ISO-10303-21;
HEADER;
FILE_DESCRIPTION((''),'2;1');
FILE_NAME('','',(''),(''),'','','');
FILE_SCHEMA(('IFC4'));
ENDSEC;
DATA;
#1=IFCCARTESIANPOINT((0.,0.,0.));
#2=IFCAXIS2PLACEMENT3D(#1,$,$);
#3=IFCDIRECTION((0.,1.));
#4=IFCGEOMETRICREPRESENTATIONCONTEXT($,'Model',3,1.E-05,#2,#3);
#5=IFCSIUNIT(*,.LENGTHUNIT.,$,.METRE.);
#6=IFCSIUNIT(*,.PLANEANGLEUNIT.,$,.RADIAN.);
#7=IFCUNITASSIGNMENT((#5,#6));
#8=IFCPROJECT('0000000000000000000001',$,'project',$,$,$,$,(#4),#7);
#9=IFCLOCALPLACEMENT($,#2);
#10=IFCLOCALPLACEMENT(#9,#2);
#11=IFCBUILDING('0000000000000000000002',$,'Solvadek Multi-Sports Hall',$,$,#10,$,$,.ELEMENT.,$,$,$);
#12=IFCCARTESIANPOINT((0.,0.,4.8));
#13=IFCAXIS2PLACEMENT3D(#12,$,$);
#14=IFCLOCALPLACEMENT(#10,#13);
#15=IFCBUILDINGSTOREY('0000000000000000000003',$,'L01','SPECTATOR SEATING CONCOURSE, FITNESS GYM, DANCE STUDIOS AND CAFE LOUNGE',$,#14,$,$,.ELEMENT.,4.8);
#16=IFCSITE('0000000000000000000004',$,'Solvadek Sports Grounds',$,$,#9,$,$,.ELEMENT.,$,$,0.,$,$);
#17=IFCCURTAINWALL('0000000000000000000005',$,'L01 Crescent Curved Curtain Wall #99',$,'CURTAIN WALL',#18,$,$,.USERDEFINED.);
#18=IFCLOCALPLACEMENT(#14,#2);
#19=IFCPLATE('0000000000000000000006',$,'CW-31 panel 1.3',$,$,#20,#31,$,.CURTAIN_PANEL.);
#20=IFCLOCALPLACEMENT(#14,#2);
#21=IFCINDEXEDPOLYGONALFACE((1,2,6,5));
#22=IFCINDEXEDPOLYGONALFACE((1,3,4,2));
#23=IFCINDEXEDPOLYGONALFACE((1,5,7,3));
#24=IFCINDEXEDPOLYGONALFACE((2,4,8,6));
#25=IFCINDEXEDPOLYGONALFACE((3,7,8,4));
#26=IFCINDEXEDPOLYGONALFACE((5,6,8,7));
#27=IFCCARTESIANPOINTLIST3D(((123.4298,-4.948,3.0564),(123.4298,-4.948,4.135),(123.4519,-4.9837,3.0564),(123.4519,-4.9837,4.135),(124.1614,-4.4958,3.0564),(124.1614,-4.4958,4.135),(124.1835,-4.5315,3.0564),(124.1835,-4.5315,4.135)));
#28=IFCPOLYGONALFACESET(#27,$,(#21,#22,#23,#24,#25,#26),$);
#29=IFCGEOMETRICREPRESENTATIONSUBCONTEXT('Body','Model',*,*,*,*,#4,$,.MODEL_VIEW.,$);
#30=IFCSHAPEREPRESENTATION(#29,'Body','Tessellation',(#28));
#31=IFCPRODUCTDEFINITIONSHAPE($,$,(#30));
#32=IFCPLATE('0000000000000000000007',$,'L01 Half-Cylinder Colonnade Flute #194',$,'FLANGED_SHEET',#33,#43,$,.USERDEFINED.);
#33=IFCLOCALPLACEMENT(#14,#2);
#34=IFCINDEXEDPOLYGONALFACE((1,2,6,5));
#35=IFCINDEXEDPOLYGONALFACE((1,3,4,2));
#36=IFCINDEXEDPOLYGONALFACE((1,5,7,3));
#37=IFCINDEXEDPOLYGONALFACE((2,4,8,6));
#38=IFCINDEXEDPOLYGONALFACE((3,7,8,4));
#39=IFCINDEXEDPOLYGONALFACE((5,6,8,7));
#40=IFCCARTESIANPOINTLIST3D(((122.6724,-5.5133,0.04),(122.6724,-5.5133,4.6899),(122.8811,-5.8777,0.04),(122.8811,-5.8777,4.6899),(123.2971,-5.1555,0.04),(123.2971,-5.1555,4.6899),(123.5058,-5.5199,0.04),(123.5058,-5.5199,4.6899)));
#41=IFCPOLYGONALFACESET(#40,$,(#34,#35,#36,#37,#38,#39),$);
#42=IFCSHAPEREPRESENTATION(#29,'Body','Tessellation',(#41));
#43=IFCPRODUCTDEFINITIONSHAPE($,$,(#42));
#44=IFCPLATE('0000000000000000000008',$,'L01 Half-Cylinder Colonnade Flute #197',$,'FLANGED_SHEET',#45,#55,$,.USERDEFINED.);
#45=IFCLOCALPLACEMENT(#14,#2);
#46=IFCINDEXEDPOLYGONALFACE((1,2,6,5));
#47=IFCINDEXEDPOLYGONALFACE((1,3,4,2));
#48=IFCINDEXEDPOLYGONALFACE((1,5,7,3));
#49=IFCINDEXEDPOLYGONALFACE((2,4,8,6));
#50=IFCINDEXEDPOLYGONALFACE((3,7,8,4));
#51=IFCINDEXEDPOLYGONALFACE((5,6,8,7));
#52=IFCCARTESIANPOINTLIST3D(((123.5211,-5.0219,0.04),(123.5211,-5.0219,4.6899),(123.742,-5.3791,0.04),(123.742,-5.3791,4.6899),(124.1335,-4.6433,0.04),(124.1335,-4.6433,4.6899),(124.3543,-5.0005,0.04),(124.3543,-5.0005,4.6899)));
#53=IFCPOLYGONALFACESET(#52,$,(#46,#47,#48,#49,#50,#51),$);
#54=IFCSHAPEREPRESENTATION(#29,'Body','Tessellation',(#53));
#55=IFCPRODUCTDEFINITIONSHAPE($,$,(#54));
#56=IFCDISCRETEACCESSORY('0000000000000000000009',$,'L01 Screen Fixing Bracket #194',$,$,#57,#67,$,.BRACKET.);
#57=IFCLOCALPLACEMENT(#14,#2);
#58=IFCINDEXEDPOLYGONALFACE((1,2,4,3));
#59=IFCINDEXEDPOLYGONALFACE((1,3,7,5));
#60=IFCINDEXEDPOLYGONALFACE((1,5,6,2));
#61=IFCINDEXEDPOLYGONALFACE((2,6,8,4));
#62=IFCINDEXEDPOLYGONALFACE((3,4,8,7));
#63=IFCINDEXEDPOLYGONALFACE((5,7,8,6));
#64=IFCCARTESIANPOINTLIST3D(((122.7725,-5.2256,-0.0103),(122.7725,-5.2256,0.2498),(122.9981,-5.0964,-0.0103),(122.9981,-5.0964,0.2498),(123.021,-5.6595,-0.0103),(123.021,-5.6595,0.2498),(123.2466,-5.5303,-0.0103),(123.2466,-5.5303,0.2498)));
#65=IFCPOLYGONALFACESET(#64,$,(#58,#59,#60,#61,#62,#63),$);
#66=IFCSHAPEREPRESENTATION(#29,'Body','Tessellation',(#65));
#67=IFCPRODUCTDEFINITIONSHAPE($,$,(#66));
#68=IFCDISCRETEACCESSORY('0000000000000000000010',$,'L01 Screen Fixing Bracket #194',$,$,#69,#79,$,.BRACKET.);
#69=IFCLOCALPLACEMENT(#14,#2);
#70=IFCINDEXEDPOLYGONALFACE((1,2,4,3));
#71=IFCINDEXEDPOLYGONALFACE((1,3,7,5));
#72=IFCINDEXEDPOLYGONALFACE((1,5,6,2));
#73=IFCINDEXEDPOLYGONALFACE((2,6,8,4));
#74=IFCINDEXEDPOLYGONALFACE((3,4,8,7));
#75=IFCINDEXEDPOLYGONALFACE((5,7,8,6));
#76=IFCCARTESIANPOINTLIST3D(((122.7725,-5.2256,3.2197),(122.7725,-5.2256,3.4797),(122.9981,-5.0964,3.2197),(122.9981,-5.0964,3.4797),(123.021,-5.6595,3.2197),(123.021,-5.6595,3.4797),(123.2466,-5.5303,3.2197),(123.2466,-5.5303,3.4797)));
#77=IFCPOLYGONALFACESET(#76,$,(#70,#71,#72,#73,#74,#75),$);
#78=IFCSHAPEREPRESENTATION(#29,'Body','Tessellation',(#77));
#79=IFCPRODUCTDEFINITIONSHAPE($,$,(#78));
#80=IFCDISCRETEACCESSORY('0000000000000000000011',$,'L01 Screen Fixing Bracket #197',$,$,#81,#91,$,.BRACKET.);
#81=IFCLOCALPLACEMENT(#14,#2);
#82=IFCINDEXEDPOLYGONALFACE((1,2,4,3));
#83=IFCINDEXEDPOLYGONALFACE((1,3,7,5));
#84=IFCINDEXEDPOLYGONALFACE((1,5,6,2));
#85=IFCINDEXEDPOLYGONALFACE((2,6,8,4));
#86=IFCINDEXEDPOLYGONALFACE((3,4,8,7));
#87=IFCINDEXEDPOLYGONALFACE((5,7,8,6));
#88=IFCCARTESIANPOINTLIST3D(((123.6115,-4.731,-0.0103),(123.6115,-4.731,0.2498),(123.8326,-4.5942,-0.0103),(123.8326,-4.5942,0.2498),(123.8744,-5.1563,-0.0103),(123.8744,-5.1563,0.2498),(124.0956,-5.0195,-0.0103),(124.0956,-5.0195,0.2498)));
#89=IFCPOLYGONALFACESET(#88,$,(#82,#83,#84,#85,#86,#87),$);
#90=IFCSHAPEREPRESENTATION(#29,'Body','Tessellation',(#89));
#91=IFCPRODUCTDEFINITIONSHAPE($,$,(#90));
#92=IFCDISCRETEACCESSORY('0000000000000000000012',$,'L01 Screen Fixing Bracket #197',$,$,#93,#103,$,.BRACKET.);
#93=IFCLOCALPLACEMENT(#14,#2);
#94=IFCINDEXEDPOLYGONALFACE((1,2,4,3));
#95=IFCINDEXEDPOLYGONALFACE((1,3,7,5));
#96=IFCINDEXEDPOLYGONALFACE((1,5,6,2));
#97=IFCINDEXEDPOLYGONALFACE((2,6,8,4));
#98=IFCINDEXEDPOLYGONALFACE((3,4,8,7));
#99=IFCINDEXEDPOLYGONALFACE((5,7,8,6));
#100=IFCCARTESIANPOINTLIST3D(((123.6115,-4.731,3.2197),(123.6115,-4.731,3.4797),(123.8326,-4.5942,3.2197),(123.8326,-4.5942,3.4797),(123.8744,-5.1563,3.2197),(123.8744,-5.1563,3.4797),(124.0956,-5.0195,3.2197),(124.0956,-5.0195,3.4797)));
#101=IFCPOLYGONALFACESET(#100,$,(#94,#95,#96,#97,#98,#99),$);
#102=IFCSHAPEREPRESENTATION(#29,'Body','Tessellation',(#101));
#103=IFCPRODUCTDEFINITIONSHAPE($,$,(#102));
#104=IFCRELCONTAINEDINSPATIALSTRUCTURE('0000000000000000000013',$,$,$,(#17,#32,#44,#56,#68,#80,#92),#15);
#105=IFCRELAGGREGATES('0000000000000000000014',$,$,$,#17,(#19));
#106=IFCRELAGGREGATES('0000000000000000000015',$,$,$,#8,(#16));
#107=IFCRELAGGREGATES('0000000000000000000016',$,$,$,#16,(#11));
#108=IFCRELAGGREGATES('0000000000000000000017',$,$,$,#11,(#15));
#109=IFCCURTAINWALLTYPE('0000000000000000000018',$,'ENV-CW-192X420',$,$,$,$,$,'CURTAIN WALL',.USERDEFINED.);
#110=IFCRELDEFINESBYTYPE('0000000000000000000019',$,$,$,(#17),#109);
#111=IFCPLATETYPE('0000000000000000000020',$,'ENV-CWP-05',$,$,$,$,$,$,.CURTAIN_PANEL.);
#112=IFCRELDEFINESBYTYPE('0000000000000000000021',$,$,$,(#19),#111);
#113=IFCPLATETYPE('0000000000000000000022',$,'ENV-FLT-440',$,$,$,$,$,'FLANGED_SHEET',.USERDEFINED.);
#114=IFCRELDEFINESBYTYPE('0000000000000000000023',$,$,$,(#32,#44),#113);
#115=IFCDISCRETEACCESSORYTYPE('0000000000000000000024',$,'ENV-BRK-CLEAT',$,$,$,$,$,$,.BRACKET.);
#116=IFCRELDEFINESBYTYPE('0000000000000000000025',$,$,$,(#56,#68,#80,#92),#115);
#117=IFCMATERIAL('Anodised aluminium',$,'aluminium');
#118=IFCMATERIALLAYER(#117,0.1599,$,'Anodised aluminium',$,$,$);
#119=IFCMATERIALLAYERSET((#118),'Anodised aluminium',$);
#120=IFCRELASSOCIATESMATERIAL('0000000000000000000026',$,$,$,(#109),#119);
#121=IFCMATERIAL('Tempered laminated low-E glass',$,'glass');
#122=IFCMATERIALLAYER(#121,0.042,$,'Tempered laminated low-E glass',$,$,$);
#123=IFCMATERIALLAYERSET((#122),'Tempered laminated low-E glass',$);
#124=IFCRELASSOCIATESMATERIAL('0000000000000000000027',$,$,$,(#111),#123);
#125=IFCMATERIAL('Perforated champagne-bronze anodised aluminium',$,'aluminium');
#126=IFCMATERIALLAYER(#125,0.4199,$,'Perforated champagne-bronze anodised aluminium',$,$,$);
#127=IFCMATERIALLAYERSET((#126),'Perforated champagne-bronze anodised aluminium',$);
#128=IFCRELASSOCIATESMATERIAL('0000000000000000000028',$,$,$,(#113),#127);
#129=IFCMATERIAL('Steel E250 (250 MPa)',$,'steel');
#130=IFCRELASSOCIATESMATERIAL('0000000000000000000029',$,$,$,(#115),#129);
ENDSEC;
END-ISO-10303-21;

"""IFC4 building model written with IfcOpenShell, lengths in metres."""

from ifc_helpers import new_model, si_unit, direction, frame, origin, origin_2d, place, context, subcontext, project, spatial, rectangle, extrude, material, layer, layer_set, type_object, element, aggregate, save


model = new_model("IFC4")

# Units and contexts
model_context = context("Model", 3, precision=1e-05, world=origin(), true_north=direction((0.0, 1.0)))
body_context = subcontext(model_context, "Body", "Model", "MODEL_VIEW")
ifc_project = project(units=[si_unit("LENGTHUNIT", "METRE"), si_unit("PLANEANGLEUNIT", "RADIAN")], contexts=[model_context])

# Site, building, storey
site_placement = place(None, origin())
site = spatial("IfcSite", under=ifc_project, at=site_placement, Name="Solvadek Sports Grounds", CompositionType="ELEMENT", RefElevation=0.0)
building_placement = place(site_placement, origin())
building = spatial("IfcBuilding", under=site, at=building_placement, Name="Solvadek Multi-Sports Hall", CompositionType="ELEMENT")
storey_placement = place(building_placement, frame((0.0, 0.0, 4.8)))
storey = spatial("IfcBuildingStorey", under=building, at=storey_placement, Name="L01", Description="SPECTATOR SEATING CONCOURSE, FITNESS GYM, DANCE STUDIOS AND CAFE LOUNGE", CompositionType="ELEMENT", Elevation=4.8)

# Curtain wall
ifc_material_1 = material(Name="Anodised aluminium", Category="aluminium")
ifc_layer_1 = layer(ifc_material_1, 0.1599, Name="Anodised aluminium")
ifc_layer_set_1 = layer_set([ifc_layer_1], Name="Anodised aluminium")
curtain_wall_type_1 = type_object("IfcCurtainWallType", Name="ENV-CW-192X420", ElementType="CURTAIN WALL", PredefinedType="USERDEFINED", material=ifc_layer_set_1)
curtain_wall_1_placement = place(storey_placement, origin())
curtain_wall_1 = element("IfcCurtainWall", 1, at=curtain_wall_1_placement, inside=storey, type_object=curtain_wall_type_1, Name="L01 Crescent Curved Curtain Wall #99", ObjectType="CURTAIN WALL", PredefinedType="USERDEFINED")

# Plate
ifc_material_2 = material(Name="Tempered laminated low-E glass", Category="glass")
ifc_layer_2 = layer(ifc_material_2, 0.042, Name="Tempered laminated low-E glass")
ifc_layer_set_2 = layer_set([ifc_layer_2], Name="Tempered laminated low-E glass")
plate_type_1 = type_object("IfcPlateType", Name="ENV-CWP-05", PredefinedType="CURTAIN_PANEL", material=ifc_layer_set_2)
plate_1_placement = place(storey_placement, frame((123.8066, -4.7397, 3.0564), z_axis=(0.0, 0.0, 1.0), x_axis=(0.850599, 0.525815, 0.0)))
plate_1 = element("IfcPlate", 2, at=plate_1_placement, type_object=plate_type_1, Name="CW-31 panel 1.3", PredefinedType="CURTAIN_PANEL", context=body_context, shape_type="SweptSolid", body=[
    extrude(rectangle(XDim=0.8601, YDim=0.042, at=origin_2d()), origin(), (0.0, 0.0, 1.0), 1.0786),
])
aggregate(curtain_wall_1, [plate_1])

# Plates
ifc_material_3 = material(Name="Perforated champagne-bronze anodised aluminium", Category="aluminium")
ifc_layer_3 = layer(ifc_material_3, 0.4199, Name="Perforated champagne-bronze anodised aluminium")
ifc_layer_set_3 = layer_set([ifc_layer_3], Name="Perforated champagne-bronze anodised aluminium")
plate_type_2 = type_object("IfcPlateType", Name="ENV-FLT-440", ElementType="FLANGED_SHEET", PredefinedType="USERDEFINED", material=ifc_layer_set_3)
for number, where, z_axis, x_axis, name in (
    (3, (123.0891, -5.5166, 0.04), (0.0, 0.0, 1.0), (0.867753, 0.496995, 0.0), "L01 Half-Cylinder Colonnade Flute #194"),
    (4, (123.9377, -5.0112, 0.04), (0.0, 0.0, 1.0), (0.850582, 0.525842, 0.0), "L01 Half-Cylinder Colonnade Flute #197"),
):
    element("IfcPlate", number, at=place(storey_placement, frame(where, z_axis=z_axis, x_axis=x_axis)), inside=storey, type_object=plate_type_2, Name=name, ObjectType="FLANGED_SHEET", PredefinedType="USERDEFINED", context=body_context, shape_type="SweptSolid", body=[
        extrude(rectangle(XDim=0.72, YDim=0.4199, at=origin_2d()), origin(), (0.0, 0.0, 1.0), 4.6499),
    ])

# Discrete accessories
ifc_material_4 = material(Name="Steel E250 (250 MPa)", Category="steel")
discrete_accessory_type = type_object("IfcDiscreteAccessoryType", Name="ENV-BRK-CLEAT", PredefinedType="BRACKET", material=ifc_material_4)
for number, where, z_axis, x_axis, name in (
    (5, (123.0095, -5.3779, -0.0103), (0.0, 0.0, 1.0), (0.867753, 0.496995, 0.0), "L01 Screen Fixing Bracket #194"),
    (6, (123.0095, -5.3779, 3.2197), (0.0, 0.0, 1.0), (0.867753, 0.496995, 0.0), "L01 Screen Fixing Bracket #194"),
    (7, (123.8535, -4.8752, -0.0103), (0.0, 0.0, 1.0), (0.850582, 0.525842, 0.0), "L01 Screen Fixing Bracket #197"),
    (8, (123.8535, -4.8752, 3.2197), (0.0, 0.0, 1.0), (0.850582, 0.525842, 0.0), "L01 Screen Fixing Bracket #197"),
):
    element("IfcDiscreteAccessory", number, at=place(storey_placement, frame(where, z_axis=z_axis, x_axis=x_axis)), inside=storey, type_object=discrete_accessory_type, Name=name, PredefinedType="BRACKET", context=body_context, shape_type="SweptSolid", body=[
        extrude(rectangle(XDim=0.26, YDim=0.5, at=origin_2d()), origin(), (0.0, 0.0, 1.0), 0.26),
    ])

save(model, "model.ifc")
